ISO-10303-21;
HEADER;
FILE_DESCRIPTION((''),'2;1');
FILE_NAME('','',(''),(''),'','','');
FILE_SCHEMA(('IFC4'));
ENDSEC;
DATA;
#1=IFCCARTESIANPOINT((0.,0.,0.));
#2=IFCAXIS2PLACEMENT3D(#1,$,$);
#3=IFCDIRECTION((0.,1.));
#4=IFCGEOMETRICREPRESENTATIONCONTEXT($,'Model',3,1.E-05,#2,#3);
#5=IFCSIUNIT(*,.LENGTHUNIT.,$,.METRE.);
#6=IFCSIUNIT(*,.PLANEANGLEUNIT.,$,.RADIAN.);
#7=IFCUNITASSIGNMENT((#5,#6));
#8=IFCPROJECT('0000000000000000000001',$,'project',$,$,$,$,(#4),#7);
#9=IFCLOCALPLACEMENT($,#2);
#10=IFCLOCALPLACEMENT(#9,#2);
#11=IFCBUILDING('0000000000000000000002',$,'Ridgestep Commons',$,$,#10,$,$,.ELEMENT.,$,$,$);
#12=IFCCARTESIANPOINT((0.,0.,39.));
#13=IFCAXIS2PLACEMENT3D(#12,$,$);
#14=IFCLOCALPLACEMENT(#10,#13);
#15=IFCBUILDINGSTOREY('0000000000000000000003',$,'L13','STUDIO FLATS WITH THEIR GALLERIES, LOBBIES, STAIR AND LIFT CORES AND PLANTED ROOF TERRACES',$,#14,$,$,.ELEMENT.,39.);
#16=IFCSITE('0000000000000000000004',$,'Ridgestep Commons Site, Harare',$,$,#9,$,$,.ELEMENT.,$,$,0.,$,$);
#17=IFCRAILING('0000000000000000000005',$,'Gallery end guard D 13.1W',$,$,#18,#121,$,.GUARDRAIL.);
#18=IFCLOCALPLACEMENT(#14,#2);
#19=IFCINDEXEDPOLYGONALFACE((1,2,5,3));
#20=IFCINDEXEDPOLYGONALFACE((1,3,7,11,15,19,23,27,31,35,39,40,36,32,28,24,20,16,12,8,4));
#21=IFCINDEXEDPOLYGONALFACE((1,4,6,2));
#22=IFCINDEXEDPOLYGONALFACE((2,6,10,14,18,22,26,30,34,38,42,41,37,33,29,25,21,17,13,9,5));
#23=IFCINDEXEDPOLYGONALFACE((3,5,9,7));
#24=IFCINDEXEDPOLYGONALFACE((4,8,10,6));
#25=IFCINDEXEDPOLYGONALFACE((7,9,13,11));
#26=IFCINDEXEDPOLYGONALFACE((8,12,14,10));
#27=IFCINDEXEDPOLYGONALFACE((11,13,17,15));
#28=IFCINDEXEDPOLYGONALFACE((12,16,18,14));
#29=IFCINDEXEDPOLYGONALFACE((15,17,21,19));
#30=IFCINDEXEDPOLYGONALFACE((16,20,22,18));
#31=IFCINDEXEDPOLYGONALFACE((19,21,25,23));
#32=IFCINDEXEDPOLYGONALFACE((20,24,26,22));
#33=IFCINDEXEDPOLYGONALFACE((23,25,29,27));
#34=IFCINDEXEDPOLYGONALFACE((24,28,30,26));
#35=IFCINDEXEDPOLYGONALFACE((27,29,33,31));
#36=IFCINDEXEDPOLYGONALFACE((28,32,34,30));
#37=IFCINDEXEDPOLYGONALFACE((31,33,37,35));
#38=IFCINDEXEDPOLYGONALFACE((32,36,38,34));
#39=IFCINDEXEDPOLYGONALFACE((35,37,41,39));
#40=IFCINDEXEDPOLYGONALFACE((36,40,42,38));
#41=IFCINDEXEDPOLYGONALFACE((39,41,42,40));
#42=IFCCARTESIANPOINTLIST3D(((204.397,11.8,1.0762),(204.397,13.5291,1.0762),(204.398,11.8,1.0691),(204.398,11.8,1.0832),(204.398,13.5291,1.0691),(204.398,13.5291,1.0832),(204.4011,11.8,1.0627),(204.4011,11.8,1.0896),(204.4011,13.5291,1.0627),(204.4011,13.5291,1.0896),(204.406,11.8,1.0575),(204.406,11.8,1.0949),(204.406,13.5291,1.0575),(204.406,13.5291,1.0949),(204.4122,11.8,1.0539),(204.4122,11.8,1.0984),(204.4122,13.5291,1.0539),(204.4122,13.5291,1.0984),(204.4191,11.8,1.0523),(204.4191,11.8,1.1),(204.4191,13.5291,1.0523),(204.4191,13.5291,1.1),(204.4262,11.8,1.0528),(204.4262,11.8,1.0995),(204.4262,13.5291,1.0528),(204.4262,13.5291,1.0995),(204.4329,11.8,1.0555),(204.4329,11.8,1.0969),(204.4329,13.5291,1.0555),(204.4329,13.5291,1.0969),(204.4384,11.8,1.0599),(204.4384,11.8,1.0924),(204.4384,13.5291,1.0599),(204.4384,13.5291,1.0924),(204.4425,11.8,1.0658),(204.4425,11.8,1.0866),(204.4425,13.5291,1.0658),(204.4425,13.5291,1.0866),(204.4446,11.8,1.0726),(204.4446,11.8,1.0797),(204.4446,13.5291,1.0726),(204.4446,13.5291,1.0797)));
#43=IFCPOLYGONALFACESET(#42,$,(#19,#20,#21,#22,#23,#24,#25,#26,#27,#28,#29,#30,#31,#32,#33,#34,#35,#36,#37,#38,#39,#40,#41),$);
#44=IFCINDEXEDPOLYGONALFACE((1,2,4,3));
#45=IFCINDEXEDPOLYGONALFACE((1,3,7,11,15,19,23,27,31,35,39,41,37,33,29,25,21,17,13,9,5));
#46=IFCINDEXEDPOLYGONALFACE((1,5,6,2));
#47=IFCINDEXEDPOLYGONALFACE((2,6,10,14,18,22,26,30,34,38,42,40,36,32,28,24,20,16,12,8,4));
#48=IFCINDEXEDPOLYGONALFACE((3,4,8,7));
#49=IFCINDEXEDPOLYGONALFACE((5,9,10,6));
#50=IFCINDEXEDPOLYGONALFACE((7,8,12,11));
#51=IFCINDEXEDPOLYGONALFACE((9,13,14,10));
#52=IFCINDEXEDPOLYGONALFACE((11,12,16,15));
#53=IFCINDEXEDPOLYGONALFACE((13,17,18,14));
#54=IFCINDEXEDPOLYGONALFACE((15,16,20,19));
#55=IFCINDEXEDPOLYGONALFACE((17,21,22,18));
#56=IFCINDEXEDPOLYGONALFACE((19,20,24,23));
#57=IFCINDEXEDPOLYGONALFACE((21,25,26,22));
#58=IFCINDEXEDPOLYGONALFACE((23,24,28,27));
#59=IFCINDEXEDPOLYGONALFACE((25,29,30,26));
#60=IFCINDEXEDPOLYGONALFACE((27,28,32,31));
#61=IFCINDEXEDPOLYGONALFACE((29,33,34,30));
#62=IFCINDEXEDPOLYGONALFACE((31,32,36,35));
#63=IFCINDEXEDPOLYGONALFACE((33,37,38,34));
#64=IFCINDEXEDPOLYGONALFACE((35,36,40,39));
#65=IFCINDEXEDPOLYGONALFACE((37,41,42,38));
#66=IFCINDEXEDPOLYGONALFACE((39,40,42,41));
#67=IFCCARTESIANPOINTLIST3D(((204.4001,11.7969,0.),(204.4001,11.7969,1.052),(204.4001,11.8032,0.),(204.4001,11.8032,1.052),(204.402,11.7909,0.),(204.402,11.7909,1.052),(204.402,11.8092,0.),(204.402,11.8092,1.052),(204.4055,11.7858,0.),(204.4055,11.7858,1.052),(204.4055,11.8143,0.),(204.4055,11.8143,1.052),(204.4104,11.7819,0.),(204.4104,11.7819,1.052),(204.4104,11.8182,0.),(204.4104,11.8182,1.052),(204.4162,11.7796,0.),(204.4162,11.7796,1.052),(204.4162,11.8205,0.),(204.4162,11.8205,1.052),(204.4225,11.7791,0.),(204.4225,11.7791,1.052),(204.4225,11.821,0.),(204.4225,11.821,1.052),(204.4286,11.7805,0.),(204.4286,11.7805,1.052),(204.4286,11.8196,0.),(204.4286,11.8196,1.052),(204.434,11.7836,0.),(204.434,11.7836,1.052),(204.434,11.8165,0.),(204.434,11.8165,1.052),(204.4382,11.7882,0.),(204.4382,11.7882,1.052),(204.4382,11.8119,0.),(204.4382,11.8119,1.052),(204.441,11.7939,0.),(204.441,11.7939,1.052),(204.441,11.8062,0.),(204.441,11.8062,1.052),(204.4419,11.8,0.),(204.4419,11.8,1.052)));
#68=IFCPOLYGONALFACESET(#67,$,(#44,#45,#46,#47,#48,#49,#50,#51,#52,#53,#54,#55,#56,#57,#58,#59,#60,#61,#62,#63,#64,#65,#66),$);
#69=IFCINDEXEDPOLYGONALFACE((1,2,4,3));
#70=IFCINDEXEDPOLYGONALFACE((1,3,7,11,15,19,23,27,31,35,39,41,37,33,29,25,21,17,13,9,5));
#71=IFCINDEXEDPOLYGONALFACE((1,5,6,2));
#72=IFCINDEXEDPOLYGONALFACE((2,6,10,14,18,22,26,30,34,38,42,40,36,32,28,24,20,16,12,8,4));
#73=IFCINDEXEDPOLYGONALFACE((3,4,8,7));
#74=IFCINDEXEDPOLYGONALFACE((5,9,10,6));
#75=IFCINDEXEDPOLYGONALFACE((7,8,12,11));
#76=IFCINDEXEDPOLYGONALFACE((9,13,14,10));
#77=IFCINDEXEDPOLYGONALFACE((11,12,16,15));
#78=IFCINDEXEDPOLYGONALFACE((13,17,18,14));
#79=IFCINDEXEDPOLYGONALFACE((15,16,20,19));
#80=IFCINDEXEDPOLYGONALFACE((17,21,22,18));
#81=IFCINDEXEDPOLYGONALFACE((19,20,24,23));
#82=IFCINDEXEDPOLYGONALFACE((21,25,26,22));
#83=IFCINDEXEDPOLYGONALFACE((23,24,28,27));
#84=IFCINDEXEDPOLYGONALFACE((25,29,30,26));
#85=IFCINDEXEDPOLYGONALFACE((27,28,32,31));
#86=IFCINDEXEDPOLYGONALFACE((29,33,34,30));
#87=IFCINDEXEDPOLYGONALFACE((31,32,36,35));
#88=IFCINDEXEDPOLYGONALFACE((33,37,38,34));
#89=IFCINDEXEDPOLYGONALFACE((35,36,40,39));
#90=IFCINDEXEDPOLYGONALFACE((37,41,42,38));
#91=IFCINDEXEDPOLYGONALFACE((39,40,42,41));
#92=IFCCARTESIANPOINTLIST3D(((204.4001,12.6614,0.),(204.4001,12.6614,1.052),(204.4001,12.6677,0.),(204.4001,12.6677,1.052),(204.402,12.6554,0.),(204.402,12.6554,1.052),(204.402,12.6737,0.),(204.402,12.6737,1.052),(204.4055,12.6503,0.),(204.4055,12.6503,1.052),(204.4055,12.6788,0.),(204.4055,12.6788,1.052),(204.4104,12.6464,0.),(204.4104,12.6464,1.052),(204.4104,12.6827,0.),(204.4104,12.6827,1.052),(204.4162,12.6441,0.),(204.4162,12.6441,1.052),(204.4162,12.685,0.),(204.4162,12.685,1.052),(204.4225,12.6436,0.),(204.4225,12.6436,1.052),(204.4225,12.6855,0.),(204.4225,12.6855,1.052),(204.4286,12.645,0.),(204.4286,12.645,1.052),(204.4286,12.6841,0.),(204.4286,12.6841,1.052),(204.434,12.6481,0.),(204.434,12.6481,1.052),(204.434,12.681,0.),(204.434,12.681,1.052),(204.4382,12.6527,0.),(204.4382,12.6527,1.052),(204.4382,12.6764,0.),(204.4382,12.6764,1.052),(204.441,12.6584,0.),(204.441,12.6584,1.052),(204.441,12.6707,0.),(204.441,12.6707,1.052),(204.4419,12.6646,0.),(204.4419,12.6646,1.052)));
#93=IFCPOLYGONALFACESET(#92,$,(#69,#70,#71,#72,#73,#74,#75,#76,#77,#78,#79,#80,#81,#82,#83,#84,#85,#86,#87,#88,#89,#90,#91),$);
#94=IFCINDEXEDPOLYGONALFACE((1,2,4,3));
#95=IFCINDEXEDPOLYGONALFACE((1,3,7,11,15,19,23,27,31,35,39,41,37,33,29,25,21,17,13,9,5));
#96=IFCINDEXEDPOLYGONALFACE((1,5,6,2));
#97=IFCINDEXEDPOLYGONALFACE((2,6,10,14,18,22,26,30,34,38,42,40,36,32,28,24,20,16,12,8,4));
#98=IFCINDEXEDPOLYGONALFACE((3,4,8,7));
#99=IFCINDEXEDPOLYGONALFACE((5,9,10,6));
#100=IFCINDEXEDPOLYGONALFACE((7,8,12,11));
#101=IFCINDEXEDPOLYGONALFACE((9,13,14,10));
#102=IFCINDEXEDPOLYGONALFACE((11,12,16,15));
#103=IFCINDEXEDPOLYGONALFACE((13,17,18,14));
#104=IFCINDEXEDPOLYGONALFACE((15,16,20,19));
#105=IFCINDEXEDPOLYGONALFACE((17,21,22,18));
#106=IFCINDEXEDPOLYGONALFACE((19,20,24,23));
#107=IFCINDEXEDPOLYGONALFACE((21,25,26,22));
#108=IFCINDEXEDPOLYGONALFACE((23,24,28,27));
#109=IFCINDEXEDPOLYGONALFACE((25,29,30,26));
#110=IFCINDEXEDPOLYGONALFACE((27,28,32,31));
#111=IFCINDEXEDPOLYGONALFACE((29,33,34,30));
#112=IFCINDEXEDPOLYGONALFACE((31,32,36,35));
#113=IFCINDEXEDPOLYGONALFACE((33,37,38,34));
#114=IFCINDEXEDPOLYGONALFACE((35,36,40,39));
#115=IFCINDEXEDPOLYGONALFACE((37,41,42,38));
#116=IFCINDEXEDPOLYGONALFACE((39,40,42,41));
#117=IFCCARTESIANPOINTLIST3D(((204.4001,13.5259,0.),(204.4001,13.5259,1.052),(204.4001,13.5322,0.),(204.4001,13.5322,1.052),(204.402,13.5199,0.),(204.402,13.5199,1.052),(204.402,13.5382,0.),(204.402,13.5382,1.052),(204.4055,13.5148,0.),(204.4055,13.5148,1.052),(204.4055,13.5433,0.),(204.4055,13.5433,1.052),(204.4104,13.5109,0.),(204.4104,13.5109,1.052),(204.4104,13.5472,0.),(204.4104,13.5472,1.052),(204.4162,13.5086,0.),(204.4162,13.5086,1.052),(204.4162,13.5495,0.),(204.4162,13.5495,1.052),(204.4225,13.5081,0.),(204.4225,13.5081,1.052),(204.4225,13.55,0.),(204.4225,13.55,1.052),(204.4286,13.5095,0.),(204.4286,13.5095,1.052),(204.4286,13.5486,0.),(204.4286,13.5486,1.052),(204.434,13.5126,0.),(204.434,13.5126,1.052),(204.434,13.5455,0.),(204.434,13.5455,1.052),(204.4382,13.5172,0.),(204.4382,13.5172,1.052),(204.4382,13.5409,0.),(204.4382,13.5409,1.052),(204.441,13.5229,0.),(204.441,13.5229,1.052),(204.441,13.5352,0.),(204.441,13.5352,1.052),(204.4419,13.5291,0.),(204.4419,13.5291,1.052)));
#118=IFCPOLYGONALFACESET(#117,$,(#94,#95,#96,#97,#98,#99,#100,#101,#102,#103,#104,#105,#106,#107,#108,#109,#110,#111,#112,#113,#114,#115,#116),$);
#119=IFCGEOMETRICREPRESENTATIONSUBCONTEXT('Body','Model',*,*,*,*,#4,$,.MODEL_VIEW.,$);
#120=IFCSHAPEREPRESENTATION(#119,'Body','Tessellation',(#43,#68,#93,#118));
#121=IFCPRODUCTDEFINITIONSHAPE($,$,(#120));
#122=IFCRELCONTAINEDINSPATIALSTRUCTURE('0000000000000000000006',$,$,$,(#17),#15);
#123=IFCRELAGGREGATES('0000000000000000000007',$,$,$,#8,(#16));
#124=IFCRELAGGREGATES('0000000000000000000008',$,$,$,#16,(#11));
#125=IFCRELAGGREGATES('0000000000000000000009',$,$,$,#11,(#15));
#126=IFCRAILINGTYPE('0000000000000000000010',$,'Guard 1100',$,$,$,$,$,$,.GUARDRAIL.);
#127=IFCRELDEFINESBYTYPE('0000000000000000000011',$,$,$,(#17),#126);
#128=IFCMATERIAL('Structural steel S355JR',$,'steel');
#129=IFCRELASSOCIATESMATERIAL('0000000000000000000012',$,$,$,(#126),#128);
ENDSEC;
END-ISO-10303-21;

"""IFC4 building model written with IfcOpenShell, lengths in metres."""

from ifc_helpers import new_model, si_unit, direction, frame, origin, origin_2d, place, context, subcontext, project, spatial, circle, extrude, material, type_object, element, save


model = new_model("IFC4")

# Units and contexts
model_context = context("Model", 3, precision=1e-05, world=origin(), true_north=direction((0.0, 1.0)))
body_context = subcontext(model_context, "Body", "Model", "MODEL_VIEW")
ifc_project = project(units=[si_unit("LENGTHUNIT", "METRE"), si_unit("PLANEANGLEUNIT", "RADIAN")], contexts=[model_context])

# Site, building, storey
site_placement = place(None, origin())
site = spatial("IfcSite", under=ifc_project, at=site_placement, Name="Ridgestep Commons Site, Harare", CompositionType="ELEMENT", RefElevation=0.0)
building_placement = place(site_placement, origin())
building = spatial("IfcBuilding", under=site, at=building_placement, Name="Ridgestep Commons", CompositionType="ELEMENT")
storey_placement = place(building_placement, frame((0.0, 0.0, 39.0)))
storey = spatial("IfcBuildingStorey", under=building, at=storey_placement, Name="L13", Description="STUDIO FLATS WITH THEIR GALLERIES, LOBBIES, STAIR AND LIFT CORES AND PLANTED ROOF TERRACES", CompositionType="ELEMENT", Elevation=39.0)

# Railing
ifc_material_1 = material(Name="Structural steel S355JR", Category="steel")
railing_type_1 = type_object("IfcRailingType", Name="Guard 1100", PredefinedType="GUARDRAIL", material=ifc_material_1)
railing_1_placement = place(storey_placement, frame((204.4209, 11.8, 0.0)))
element("IfcRailing", 1, at=railing_1_placement, inside=storey, type_object=railing_type_1, Name="Gallery end guard D 13.1W", PredefinedType="GUARDRAIL", context=body_context, shape_type="SweptSolid", body=[
    extrude(circle(Radius=0.0239, at=origin_2d()), frame((0.0, 0.0, 1.0762), z_axis=(0.0, 1.0, 0.0), x_axis=(-1.0, 0.0, 0.0)), (0.0, 0.0, 1.0), 1.729),
    extrude(circle(Radius=0.021, at=origin_2d()), origin(), (0.0, 0.0, 1.0), 1.052),
    extrude(circle(Radius=0.021, at=origin_2d()), frame((0.0, 0.8645, 0.0)), (0.0, 0.0, 1.0), 1.052),
    extrude(circle(Radius=0.021, at=origin_2d()), frame((0.0, 1.729, 0.0)), (0.0, 0.0, 1.0), 1.052),
])

save(model, "model.ifc")
